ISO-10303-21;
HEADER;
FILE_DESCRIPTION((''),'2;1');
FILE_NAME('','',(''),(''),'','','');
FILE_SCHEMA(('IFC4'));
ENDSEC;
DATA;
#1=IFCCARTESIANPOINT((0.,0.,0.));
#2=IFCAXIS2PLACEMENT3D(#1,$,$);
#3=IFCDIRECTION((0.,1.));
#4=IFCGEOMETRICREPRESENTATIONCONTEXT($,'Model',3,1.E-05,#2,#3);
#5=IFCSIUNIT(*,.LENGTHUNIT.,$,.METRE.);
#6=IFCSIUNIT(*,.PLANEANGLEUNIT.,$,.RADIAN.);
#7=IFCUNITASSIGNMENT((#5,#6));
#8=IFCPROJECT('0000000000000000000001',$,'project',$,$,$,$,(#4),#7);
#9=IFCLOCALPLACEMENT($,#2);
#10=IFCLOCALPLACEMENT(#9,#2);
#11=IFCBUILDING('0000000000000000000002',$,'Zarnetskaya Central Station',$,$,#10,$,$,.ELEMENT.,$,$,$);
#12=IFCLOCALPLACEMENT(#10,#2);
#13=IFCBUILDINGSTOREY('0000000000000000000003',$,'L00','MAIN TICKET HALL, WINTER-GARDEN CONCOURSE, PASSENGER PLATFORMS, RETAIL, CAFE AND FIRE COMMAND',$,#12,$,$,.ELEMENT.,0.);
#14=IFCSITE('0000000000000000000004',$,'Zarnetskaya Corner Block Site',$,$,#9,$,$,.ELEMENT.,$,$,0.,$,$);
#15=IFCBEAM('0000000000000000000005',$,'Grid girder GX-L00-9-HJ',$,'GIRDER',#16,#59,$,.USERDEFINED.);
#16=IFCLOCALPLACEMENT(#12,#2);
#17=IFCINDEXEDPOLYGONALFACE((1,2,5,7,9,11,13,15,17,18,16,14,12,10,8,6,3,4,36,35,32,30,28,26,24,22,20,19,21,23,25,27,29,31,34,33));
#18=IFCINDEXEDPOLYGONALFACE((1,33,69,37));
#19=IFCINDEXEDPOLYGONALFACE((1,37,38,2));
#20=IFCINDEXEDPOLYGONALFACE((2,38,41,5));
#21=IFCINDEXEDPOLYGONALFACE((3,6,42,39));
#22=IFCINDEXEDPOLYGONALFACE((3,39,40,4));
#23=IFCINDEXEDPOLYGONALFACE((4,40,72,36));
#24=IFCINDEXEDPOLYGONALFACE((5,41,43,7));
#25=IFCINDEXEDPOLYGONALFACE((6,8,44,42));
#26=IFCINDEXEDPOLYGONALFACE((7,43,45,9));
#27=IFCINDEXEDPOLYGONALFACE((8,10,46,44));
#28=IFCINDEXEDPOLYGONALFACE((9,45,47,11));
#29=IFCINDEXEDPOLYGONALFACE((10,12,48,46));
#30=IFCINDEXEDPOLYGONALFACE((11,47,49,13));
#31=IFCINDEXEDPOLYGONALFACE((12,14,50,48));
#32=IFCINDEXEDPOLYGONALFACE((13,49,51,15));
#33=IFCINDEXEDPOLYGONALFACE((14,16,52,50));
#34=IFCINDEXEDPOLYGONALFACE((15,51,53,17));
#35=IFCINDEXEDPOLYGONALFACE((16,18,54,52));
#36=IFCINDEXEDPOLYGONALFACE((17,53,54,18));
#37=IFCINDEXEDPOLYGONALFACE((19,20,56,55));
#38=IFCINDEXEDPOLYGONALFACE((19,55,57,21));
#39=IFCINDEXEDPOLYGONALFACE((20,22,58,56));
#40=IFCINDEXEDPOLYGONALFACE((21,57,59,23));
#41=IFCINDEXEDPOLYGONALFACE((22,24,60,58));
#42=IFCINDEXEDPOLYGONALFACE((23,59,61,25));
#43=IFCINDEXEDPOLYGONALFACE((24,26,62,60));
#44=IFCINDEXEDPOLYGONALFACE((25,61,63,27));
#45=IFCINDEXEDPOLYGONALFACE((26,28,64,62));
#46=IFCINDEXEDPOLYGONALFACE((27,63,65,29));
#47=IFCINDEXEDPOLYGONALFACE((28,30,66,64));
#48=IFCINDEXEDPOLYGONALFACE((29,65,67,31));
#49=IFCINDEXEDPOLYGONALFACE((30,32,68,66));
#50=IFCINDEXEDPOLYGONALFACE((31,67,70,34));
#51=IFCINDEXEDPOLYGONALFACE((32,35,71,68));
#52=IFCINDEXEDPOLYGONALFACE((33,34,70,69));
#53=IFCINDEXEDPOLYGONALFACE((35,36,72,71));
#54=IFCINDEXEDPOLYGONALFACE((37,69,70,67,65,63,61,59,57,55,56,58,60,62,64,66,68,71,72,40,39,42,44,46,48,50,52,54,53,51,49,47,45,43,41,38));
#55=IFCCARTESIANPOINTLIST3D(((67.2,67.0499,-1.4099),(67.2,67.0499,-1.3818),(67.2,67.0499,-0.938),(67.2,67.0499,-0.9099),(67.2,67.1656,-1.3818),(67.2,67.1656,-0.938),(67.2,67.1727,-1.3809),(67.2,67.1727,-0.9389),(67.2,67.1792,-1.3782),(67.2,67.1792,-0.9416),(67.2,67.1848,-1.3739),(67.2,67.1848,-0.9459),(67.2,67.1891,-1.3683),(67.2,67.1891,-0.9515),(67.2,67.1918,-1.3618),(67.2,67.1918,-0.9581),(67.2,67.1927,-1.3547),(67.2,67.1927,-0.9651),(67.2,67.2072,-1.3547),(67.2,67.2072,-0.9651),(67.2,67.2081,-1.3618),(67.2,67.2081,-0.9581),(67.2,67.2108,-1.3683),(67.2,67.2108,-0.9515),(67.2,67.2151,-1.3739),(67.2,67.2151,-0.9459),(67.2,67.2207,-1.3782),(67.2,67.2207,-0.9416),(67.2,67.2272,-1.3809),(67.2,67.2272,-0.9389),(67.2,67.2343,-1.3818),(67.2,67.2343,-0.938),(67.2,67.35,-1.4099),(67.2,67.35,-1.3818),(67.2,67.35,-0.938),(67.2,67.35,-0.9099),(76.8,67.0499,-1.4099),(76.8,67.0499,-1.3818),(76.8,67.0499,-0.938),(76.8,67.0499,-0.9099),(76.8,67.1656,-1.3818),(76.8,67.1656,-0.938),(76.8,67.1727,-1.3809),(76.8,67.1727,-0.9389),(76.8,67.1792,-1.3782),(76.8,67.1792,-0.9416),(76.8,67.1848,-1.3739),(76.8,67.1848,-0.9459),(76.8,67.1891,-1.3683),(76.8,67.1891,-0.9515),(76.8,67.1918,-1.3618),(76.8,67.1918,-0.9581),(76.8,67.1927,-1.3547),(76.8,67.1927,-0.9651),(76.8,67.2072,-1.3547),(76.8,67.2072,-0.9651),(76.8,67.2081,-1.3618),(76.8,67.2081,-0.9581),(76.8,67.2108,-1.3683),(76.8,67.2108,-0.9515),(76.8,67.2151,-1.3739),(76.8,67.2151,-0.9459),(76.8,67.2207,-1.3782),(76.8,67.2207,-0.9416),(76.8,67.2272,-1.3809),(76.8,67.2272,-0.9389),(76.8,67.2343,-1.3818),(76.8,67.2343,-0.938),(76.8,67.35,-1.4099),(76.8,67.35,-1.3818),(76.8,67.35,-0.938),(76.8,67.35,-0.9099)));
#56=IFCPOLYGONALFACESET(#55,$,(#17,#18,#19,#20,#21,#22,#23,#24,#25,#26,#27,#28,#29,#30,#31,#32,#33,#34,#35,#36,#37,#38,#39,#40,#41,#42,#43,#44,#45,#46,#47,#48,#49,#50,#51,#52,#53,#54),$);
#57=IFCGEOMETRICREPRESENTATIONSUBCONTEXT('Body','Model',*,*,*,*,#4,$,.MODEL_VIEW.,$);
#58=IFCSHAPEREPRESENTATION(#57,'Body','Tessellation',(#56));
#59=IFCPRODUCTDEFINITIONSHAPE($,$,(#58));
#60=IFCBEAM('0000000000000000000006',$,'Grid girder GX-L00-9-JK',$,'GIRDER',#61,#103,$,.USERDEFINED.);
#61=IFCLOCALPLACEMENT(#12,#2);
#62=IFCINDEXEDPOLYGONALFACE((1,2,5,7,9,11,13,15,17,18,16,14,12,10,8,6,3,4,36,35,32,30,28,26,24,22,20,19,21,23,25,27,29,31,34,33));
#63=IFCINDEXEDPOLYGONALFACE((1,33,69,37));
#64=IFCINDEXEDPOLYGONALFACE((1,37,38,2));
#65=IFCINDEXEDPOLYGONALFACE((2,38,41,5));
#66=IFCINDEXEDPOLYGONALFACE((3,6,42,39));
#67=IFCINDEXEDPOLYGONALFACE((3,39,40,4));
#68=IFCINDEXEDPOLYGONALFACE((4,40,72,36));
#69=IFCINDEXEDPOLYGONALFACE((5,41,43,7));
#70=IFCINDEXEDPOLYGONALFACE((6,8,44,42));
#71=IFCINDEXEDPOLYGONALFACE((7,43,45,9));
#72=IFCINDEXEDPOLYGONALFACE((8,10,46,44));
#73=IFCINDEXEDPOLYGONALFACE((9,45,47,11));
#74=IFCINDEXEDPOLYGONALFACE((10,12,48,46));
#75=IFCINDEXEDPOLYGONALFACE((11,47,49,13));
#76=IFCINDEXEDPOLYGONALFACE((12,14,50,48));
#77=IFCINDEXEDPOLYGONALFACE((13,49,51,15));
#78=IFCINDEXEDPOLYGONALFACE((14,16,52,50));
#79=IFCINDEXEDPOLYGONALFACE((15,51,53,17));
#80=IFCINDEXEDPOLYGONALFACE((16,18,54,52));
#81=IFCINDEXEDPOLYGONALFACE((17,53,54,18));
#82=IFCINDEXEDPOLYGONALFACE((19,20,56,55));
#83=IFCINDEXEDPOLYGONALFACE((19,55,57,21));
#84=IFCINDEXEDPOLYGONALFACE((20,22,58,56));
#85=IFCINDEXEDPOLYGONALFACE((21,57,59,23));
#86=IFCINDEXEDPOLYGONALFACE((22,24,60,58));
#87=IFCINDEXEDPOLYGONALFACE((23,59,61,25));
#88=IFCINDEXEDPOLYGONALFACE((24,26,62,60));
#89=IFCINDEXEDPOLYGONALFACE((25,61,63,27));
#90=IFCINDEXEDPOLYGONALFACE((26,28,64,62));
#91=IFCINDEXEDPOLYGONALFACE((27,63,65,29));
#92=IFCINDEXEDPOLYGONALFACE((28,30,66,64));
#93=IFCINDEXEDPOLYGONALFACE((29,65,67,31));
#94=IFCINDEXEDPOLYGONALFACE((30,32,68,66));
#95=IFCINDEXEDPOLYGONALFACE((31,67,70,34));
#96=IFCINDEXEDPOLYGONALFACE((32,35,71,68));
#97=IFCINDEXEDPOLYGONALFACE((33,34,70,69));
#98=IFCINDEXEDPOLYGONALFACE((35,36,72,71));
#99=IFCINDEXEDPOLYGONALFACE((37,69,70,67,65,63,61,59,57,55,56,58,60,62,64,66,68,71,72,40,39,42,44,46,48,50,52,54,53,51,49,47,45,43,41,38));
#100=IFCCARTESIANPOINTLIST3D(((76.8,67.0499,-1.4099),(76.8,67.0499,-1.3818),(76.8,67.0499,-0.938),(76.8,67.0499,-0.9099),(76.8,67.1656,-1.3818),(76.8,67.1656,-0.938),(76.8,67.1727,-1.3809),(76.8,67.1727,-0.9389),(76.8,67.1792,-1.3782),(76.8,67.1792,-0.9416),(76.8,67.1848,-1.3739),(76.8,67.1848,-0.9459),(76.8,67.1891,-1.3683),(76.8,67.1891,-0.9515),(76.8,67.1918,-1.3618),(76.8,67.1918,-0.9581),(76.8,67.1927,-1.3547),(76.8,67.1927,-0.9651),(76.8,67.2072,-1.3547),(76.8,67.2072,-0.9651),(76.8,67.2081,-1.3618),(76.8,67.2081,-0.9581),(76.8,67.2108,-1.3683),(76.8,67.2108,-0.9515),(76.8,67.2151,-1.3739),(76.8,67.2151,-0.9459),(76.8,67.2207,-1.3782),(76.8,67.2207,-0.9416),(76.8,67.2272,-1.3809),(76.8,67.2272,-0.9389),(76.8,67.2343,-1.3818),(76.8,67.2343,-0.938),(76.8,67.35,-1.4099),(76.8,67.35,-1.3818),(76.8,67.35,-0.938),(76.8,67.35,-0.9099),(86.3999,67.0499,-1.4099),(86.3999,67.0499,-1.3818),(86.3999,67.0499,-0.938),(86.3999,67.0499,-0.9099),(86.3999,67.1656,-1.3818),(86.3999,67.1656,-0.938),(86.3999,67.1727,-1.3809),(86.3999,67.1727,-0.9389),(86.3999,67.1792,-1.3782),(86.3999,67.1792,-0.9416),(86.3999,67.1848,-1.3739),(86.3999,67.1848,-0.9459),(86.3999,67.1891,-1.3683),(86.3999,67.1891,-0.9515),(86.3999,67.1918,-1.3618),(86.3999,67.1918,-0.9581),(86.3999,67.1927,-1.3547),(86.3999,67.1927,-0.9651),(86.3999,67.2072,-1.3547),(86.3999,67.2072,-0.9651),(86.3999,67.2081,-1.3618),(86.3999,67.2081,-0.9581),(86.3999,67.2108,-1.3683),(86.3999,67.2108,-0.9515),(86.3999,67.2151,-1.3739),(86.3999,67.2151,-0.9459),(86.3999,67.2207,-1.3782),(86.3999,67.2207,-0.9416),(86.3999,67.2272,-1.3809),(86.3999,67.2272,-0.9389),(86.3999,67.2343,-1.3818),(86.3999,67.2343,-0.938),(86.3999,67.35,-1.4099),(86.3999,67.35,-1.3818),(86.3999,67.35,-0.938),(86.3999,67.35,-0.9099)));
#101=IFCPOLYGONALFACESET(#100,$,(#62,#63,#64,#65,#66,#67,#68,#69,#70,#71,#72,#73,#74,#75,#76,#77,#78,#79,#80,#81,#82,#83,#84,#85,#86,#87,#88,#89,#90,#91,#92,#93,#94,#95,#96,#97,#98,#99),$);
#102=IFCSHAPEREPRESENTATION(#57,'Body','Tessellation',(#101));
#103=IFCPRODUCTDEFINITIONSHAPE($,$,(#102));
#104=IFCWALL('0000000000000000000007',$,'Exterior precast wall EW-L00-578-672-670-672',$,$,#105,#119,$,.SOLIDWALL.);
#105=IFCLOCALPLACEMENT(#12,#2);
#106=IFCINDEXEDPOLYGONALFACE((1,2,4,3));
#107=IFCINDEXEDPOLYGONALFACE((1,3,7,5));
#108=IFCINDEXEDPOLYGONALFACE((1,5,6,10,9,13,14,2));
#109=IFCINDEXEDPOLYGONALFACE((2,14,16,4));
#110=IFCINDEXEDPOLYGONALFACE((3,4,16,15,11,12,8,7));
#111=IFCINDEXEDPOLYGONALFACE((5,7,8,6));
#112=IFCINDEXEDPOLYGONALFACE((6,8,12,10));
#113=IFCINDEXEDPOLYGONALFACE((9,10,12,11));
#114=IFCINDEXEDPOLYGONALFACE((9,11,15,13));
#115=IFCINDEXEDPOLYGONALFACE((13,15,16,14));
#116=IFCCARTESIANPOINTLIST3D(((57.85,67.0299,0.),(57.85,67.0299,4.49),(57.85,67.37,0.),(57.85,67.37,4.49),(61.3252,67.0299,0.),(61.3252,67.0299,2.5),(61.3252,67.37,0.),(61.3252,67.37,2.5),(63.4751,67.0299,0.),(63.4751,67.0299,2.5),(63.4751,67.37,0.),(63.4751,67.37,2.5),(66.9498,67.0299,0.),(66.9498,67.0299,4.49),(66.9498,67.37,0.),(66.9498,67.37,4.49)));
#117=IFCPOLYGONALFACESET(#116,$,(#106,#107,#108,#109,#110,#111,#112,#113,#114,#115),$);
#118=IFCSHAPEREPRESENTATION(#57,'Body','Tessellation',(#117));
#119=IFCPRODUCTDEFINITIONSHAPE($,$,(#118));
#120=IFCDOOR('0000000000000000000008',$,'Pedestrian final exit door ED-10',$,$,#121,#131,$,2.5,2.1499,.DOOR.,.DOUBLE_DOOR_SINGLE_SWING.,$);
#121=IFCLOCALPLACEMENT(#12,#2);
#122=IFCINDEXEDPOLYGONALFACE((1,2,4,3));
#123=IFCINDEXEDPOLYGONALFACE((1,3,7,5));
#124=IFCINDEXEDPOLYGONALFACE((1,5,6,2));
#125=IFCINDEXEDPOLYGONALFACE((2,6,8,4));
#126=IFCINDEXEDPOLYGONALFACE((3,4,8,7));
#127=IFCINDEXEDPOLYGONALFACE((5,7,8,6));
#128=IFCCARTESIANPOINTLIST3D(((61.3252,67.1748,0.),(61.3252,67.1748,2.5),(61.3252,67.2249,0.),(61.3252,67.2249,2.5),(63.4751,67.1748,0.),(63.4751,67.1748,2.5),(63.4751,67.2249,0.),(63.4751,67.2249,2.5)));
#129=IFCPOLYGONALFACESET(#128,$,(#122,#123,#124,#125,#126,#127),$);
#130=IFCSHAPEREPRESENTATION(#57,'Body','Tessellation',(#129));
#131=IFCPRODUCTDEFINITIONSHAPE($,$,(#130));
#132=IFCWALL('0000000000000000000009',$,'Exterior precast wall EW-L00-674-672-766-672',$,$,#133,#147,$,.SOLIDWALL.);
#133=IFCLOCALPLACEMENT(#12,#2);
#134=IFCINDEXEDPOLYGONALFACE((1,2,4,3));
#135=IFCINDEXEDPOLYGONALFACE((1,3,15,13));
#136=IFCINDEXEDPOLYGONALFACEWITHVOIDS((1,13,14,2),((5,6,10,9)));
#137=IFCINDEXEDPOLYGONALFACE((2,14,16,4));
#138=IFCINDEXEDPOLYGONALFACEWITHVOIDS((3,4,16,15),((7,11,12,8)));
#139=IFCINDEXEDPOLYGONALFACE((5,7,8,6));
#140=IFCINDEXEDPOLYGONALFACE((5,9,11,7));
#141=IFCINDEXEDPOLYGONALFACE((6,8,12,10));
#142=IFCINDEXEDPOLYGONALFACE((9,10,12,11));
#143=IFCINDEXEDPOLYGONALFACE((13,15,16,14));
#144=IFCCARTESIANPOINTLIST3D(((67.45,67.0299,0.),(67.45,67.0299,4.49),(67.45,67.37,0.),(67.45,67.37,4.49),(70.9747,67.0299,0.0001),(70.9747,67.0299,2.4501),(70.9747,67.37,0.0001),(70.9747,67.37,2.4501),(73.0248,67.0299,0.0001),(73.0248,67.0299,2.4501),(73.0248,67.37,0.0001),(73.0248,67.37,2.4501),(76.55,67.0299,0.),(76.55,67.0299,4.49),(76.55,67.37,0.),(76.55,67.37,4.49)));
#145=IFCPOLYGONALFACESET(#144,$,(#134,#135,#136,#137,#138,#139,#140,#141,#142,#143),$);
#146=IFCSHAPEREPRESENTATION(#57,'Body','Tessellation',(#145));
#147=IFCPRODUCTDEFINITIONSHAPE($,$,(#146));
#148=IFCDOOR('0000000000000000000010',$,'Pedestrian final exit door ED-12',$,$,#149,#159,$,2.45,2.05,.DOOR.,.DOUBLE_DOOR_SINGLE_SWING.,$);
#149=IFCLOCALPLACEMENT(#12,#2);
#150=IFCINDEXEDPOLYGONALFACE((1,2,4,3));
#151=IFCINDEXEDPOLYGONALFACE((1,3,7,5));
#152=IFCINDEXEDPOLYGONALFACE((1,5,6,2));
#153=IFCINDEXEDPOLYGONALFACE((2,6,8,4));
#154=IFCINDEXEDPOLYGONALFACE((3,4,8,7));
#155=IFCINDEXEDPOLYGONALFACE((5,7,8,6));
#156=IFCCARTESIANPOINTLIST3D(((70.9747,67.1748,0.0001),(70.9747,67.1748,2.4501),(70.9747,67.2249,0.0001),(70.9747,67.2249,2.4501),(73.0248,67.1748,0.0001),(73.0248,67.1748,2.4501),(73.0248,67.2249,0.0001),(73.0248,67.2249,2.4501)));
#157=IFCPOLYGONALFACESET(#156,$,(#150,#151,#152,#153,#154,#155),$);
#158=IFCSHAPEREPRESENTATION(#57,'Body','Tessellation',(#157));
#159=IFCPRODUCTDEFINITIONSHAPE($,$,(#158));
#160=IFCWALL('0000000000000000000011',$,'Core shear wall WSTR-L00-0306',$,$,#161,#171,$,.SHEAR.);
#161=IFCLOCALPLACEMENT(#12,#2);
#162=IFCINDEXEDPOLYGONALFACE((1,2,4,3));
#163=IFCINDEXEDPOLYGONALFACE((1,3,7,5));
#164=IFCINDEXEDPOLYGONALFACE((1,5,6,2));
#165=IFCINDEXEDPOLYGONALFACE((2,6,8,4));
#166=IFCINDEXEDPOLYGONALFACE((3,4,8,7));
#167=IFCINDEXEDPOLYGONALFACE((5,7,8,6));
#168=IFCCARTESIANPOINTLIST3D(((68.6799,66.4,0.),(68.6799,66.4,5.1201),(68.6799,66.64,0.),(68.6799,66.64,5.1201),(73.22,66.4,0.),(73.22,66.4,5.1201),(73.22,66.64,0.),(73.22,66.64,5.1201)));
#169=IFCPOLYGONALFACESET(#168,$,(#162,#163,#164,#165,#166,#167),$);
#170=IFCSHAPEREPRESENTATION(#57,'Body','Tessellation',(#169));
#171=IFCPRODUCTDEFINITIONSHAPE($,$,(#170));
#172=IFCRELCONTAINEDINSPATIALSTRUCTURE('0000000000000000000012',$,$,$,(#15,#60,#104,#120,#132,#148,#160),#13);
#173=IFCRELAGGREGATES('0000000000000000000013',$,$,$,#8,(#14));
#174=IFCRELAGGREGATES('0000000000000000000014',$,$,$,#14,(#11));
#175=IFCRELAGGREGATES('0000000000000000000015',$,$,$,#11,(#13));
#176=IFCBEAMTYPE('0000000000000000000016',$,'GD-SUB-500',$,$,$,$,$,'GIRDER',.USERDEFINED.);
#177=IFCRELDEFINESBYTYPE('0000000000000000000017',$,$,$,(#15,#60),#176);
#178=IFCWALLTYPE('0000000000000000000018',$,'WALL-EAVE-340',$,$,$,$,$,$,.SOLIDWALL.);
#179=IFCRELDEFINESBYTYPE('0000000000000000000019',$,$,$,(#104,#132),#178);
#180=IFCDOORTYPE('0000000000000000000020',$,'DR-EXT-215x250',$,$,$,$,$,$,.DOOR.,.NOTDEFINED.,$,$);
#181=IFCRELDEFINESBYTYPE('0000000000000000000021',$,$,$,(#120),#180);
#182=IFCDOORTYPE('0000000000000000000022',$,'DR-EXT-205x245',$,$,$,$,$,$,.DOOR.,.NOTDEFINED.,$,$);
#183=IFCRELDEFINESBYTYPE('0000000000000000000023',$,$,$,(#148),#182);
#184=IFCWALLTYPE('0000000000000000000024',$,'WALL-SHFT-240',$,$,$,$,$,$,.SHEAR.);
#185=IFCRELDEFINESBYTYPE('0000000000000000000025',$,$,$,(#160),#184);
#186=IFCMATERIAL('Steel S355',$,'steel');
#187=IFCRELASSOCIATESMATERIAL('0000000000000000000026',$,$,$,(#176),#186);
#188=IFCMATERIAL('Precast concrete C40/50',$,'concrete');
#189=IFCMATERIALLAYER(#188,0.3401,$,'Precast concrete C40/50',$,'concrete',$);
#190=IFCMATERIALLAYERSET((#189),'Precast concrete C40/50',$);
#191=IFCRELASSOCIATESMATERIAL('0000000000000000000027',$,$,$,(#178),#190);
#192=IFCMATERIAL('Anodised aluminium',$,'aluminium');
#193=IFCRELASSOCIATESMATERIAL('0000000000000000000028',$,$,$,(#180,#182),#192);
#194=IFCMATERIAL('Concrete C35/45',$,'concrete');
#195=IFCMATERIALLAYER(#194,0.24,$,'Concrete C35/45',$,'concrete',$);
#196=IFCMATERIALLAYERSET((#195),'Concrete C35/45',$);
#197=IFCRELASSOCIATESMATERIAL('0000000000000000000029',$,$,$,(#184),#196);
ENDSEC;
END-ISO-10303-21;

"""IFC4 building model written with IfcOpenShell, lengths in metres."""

from ifc_helpers import new_model, si_unit, direction, frame, frame_2d, origin, origin_2d, place, context, subcontext, project, spatial, rectangle, i_section, extrude, material, layer, layer_set, material_profile, profile_set, type_object, element, fill, save


model = new_model("IFC4")

# Units and contexts
model_context = context("Model", 3, precision=1e-05, world=origin(), true_north=direction((0.0, 1.0)))
body_context = subcontext(model_context, "Body", "Model", "MODEL_VIEW")
ifc_project = project(units=[si_unit("LENGTHUNIT", "METRE"), si_unit("PLANEANGLEUNIT", "RADIAN")], contexts=[model_context])

# Site, building, storey
site_placement = place(None, origin())
site = spatial("IfcSite", under=ifc_project, at=site_placement, Name="Zarnetskaya Corner Block Site", CompositionType="ELEMENT", RefElevation=0.0)
building_placement = place(site_placement, origin())
building = spatial("IfcBuilding", under=site, at=building_placement, Name="Zarnetskaya Central Station", CompositionType="ELEMENT")
storey_placement = place(building_placement, origin())
storey = spatial("IfcBuildingStorey", under=building, at=storey_placement, Name="L00", Description="MAIN TICKET HALL, WINTER-GARDEN CONCOURSE, PASSENGER PLATFORMS, RETAIL, CAFE AND FIRE COMMAND", CompositionType="ELEMENT", Elevation=0.0)

# Shared definitions
ifc_material_1 = material(Name="Steel S355", Category="steel")

# Beams
ifc_material_profile_1 = material_profile(ifc_material_1, i_section(OverallWidth=0.3, OverallDepth=0.5, WebThickness=0.0144, FlangeThickness=0.0281, FilletRadius=0.0271, at=origin_2d()), Name="HEB 500")
ifc_profile_set_1 = profile_set([ifc_material_profile_1], Name="Steel S355")
beam_type_1 = type_object("IfcBeamType", Name="GD-SUB-500", ElementType="GIRDER", PredefinedType="USERDEFINED", material=ifc_profile_set_1)
beam_1_placement = place(storey_placement, frame((67.2, 67.2, -1.1599), z_axis=(1.0, 0.0, 0.0), x_axis=(0.0, 1.0, 0.0)))
element("IfcBeam", 1, at=beam_1_placement, inside=storey, type_object=beam_type_1, Name="Grid girder GX-L00-9-HJ", ObjectType="GIRDER", PredefinedType="USERDEFINED", context=body_context, shape_type="SweptSolid", body=[
    extrude(i_section(OverallWidth=0.3, OverallDepth=0.5, WebThickness=0.0144, FlangeThickness=0.0281, FilletRadius=0.0271, at=origin_2d()), origin(), (0.0, 0.0, 1.0), 9.6001),
])
beam_2_placement = place(storey_placement, frame((76.8, 67.2, -1.1599), z_axis=(1.0, 0.0, 0.0), x_axis=(0.0, 1.0, 0.0)))
element("IfcBeam", 2, at=beam_2_placement, inside=storey, type_object=beam_type_1, Name="Grid girder GX-L00-9-JK", ObjectType="GIRDER", PredefinedType="USERDEFINED", context=body_context, shape_type="SweptSolid", body=[
    extrude(i_section(OverallWidth=0.3, OverallDepth=0.5, WebThickness=0.0144, FlangeThickness=0.0281, FilletRadius=0.0271, at=origin_2d()), origin(), (0.0, 0.0, 1.0), 9.5999),
])

# Walls, openings, doors
ifc_material_2 = material(Name="Precast concrete C40/50", Category="concrete")
ifc_layer_1 = layer(ifc_material_2, 0.3401, Name="Precast concrete C40/50", Category="concrete")
ifc_layer_set_1 = layer_set([ifc_layer_1], Name="Precast concrete C40/50")
wall_type_1 = type_object("IfcWallType", Name="WALL-EAVE-340", PredefinedType="SOLIDWALL", material=ifc_layer_set_1)
wall_1_placement = place(storey_placement, frame((57.8501, 67.2, 0.0), z_axis=(0.0, 0.0, 1.0), x_axis=(1.0, 0.0, 0.0)))
wall_1 = element("IfcWall", 3, at=wall_1_placement, inside=storey, type_object=wall_type_1, Name="Exterior precast wall EW-L00-578-672-670-672", PredefinedType="SOLIDWALL", context=body_context, shape_type="SweptSolid", body=[
    extrude(rectangle(XDim=9.0999, YDim=0.3401, at=frame_2d((4.5498, 0.0))), origin(), (0.0, 0.0, 1.0), 4.49),
])
opening_1_placement = place(wall_1_placement, frame((3.4751, 0.0, 0.0)))
opening_1 = element("IfcOpeningElement", 4, at=opening_1_placement, cuts=wall_1, PredefinedType="OPENING", context=body_context, shape_type="SweptSolid", body=[
    extrude(rectangle(XDim=2.1499, YDim=2.5, at=frame_2d((1.075, 1.25))), frame((0.0, 0.1802, 0.0), z_axis=(0.0, -1.0, 0.0), x_axis=(1.0, 0.0, 0.0)), (0.0, 0.0, 1.0), 0.3601),
])
ifc_material_3 = material(Name="Anodised aluminium", Category="aluminium")
door_type_1 = type_object("IfcDoorType", Name="DR-EXT-215x250", OperationType="NOTDEFINED", PredefinedType="DOOR", material=ifc_material_3)
door_1_placement = place(opening_1_placement, origin())
door_1 = element("IfcDoor", 5, at=door_1_placement, inside=storey, type_object=door_type_1, Name="Pedestrian final exit door ED-10", OperationType="DOUBLE_DOOR_SINGLE_SWING", OverallHeight=2.5, OverallWidth=2.1499, PredefinedType="DOOR", context=body_context, shape_type="SweptSolid", body=[
    extrude(rectangle(XDim=2.1499, YDim=2.5, at=frame_2d((1.075, 1.25))), frame((0.0, 0.0249, 0.0), z_axis=(0.0, -1.0, 0.0), x_axis=(1.0, 0.0, 0.0)), (0.0, 0.0, 1.0), 0.05),
])
fill(opening_1, door_1)
wall_2_placement = place(storey_placement, frame((67.45, 67.2, 0.0), z_axis=(0.0, 0.0, 1.0), x_axis=(1.0, 0.0, 0.0)))
wall_2 = element("IfcWall", 6, at=wall_2_placement, inside=storey, type_object=wall_type_1, Name="Exterior precast wall EW-L00-674-672-766-672", PredefinedType="SOLIDWALL", context=body_context, shape_type="SweptSolid", body=[
    extrude(rectangle(XDim=9.1001, YDim=0.3401, at=frame_2d((4.55, 0.0))), origin(), (0.0, 0.0, 1.0), 4.49),
])
opening_2_placement = place(wall_2_placement, frame((3.5249, 0.0, 0.0)))
opening_2 = element("IfcOpeningElement", 7, at=opening_2_placement, cuts=wall_2, PredefinedType="OPENING", context=body_context, shape_type="SweptSolid", body=[
    extrude(rectangle(XDim=2.05, YDim=2.45, at=frame_2d((1.0249, 1.2251))), frame((0.0, 0.1802, 0.0), z_axis=(0.0, -1.0, 0.0), x_axis=(1.0, 0.0, 0.0)), (0.0, 0.0, 1.0), 0.3601),
])
door_type_2 = type_object("IfcDoorType", Name="DR-EXT-205x245", OperationType="NOTDEFINED", PredefinedType="DOOR", material=ifc_material_3)
door_2_placement = place(opening_2_placement, origin())
door_2 = element("IfcDoor", 8, at=door_2_placement, inside=storey, type_object=door_type_2, Name="Pedestrian final exit door ED-12", OperationType="DOUBLE_DOOR_SINGLE_SWING", OverallHeight=2.45, OverallWidth=2.05, PredefinedType="DOOR", context=body_context, shape_type="SweptSolid", body=[
    extrude(rectangle(XDim=2.05, YDim=2.45, at=frame_2d((1.0249, 1.2251))), frame((0.0, 0.0249, 0.0), z_axis=(0.0, -1.0, 0.0), x_axis=(1.0, 0.0, 0.0)), (0.0, 0.0, 1.0), 0.05),
])
fill(opening_2, door_2)

# Wall
ifc_material_4 = material(Name="Concrete C35/45", Category="concrete")
ifc_layer_2 = layer(ifc_material_4, 0.24, Name="Concrete C35/45", Category="concrete")
ifc_layer_set_2 = layer_set([ifc_layer_2], Name="Concrete C35/45")
wall_type_2 = type_object("IfcWallType", Name="WALL-SHFT-240", PredefinedType="SHEAR", material=ifc_layer_set_2)
wall_3_placement = place(storey_placement, frame((68.6799, 66.52, 0.0), z_axis=(0.0, 0.0, 1.0), x_axis=(1.0, 0.0, 0.0)))
element("IfcWall", 9, at=wall_3_placement, inside=storey, type_object=wall_type_2, Name="Core shear wall WSTR-L00-0306", PredefinedType="SHEAR", context=body_context, shape_type="SweptSolid", body=[
    extrude(rectangle(XDim=4.54, YDim=0.24, at=frame_2d((2.27, 0.0))), origin(), (0.0, 0.0, 1.0), 5.1201),
])

save(model, "model.ifc")
